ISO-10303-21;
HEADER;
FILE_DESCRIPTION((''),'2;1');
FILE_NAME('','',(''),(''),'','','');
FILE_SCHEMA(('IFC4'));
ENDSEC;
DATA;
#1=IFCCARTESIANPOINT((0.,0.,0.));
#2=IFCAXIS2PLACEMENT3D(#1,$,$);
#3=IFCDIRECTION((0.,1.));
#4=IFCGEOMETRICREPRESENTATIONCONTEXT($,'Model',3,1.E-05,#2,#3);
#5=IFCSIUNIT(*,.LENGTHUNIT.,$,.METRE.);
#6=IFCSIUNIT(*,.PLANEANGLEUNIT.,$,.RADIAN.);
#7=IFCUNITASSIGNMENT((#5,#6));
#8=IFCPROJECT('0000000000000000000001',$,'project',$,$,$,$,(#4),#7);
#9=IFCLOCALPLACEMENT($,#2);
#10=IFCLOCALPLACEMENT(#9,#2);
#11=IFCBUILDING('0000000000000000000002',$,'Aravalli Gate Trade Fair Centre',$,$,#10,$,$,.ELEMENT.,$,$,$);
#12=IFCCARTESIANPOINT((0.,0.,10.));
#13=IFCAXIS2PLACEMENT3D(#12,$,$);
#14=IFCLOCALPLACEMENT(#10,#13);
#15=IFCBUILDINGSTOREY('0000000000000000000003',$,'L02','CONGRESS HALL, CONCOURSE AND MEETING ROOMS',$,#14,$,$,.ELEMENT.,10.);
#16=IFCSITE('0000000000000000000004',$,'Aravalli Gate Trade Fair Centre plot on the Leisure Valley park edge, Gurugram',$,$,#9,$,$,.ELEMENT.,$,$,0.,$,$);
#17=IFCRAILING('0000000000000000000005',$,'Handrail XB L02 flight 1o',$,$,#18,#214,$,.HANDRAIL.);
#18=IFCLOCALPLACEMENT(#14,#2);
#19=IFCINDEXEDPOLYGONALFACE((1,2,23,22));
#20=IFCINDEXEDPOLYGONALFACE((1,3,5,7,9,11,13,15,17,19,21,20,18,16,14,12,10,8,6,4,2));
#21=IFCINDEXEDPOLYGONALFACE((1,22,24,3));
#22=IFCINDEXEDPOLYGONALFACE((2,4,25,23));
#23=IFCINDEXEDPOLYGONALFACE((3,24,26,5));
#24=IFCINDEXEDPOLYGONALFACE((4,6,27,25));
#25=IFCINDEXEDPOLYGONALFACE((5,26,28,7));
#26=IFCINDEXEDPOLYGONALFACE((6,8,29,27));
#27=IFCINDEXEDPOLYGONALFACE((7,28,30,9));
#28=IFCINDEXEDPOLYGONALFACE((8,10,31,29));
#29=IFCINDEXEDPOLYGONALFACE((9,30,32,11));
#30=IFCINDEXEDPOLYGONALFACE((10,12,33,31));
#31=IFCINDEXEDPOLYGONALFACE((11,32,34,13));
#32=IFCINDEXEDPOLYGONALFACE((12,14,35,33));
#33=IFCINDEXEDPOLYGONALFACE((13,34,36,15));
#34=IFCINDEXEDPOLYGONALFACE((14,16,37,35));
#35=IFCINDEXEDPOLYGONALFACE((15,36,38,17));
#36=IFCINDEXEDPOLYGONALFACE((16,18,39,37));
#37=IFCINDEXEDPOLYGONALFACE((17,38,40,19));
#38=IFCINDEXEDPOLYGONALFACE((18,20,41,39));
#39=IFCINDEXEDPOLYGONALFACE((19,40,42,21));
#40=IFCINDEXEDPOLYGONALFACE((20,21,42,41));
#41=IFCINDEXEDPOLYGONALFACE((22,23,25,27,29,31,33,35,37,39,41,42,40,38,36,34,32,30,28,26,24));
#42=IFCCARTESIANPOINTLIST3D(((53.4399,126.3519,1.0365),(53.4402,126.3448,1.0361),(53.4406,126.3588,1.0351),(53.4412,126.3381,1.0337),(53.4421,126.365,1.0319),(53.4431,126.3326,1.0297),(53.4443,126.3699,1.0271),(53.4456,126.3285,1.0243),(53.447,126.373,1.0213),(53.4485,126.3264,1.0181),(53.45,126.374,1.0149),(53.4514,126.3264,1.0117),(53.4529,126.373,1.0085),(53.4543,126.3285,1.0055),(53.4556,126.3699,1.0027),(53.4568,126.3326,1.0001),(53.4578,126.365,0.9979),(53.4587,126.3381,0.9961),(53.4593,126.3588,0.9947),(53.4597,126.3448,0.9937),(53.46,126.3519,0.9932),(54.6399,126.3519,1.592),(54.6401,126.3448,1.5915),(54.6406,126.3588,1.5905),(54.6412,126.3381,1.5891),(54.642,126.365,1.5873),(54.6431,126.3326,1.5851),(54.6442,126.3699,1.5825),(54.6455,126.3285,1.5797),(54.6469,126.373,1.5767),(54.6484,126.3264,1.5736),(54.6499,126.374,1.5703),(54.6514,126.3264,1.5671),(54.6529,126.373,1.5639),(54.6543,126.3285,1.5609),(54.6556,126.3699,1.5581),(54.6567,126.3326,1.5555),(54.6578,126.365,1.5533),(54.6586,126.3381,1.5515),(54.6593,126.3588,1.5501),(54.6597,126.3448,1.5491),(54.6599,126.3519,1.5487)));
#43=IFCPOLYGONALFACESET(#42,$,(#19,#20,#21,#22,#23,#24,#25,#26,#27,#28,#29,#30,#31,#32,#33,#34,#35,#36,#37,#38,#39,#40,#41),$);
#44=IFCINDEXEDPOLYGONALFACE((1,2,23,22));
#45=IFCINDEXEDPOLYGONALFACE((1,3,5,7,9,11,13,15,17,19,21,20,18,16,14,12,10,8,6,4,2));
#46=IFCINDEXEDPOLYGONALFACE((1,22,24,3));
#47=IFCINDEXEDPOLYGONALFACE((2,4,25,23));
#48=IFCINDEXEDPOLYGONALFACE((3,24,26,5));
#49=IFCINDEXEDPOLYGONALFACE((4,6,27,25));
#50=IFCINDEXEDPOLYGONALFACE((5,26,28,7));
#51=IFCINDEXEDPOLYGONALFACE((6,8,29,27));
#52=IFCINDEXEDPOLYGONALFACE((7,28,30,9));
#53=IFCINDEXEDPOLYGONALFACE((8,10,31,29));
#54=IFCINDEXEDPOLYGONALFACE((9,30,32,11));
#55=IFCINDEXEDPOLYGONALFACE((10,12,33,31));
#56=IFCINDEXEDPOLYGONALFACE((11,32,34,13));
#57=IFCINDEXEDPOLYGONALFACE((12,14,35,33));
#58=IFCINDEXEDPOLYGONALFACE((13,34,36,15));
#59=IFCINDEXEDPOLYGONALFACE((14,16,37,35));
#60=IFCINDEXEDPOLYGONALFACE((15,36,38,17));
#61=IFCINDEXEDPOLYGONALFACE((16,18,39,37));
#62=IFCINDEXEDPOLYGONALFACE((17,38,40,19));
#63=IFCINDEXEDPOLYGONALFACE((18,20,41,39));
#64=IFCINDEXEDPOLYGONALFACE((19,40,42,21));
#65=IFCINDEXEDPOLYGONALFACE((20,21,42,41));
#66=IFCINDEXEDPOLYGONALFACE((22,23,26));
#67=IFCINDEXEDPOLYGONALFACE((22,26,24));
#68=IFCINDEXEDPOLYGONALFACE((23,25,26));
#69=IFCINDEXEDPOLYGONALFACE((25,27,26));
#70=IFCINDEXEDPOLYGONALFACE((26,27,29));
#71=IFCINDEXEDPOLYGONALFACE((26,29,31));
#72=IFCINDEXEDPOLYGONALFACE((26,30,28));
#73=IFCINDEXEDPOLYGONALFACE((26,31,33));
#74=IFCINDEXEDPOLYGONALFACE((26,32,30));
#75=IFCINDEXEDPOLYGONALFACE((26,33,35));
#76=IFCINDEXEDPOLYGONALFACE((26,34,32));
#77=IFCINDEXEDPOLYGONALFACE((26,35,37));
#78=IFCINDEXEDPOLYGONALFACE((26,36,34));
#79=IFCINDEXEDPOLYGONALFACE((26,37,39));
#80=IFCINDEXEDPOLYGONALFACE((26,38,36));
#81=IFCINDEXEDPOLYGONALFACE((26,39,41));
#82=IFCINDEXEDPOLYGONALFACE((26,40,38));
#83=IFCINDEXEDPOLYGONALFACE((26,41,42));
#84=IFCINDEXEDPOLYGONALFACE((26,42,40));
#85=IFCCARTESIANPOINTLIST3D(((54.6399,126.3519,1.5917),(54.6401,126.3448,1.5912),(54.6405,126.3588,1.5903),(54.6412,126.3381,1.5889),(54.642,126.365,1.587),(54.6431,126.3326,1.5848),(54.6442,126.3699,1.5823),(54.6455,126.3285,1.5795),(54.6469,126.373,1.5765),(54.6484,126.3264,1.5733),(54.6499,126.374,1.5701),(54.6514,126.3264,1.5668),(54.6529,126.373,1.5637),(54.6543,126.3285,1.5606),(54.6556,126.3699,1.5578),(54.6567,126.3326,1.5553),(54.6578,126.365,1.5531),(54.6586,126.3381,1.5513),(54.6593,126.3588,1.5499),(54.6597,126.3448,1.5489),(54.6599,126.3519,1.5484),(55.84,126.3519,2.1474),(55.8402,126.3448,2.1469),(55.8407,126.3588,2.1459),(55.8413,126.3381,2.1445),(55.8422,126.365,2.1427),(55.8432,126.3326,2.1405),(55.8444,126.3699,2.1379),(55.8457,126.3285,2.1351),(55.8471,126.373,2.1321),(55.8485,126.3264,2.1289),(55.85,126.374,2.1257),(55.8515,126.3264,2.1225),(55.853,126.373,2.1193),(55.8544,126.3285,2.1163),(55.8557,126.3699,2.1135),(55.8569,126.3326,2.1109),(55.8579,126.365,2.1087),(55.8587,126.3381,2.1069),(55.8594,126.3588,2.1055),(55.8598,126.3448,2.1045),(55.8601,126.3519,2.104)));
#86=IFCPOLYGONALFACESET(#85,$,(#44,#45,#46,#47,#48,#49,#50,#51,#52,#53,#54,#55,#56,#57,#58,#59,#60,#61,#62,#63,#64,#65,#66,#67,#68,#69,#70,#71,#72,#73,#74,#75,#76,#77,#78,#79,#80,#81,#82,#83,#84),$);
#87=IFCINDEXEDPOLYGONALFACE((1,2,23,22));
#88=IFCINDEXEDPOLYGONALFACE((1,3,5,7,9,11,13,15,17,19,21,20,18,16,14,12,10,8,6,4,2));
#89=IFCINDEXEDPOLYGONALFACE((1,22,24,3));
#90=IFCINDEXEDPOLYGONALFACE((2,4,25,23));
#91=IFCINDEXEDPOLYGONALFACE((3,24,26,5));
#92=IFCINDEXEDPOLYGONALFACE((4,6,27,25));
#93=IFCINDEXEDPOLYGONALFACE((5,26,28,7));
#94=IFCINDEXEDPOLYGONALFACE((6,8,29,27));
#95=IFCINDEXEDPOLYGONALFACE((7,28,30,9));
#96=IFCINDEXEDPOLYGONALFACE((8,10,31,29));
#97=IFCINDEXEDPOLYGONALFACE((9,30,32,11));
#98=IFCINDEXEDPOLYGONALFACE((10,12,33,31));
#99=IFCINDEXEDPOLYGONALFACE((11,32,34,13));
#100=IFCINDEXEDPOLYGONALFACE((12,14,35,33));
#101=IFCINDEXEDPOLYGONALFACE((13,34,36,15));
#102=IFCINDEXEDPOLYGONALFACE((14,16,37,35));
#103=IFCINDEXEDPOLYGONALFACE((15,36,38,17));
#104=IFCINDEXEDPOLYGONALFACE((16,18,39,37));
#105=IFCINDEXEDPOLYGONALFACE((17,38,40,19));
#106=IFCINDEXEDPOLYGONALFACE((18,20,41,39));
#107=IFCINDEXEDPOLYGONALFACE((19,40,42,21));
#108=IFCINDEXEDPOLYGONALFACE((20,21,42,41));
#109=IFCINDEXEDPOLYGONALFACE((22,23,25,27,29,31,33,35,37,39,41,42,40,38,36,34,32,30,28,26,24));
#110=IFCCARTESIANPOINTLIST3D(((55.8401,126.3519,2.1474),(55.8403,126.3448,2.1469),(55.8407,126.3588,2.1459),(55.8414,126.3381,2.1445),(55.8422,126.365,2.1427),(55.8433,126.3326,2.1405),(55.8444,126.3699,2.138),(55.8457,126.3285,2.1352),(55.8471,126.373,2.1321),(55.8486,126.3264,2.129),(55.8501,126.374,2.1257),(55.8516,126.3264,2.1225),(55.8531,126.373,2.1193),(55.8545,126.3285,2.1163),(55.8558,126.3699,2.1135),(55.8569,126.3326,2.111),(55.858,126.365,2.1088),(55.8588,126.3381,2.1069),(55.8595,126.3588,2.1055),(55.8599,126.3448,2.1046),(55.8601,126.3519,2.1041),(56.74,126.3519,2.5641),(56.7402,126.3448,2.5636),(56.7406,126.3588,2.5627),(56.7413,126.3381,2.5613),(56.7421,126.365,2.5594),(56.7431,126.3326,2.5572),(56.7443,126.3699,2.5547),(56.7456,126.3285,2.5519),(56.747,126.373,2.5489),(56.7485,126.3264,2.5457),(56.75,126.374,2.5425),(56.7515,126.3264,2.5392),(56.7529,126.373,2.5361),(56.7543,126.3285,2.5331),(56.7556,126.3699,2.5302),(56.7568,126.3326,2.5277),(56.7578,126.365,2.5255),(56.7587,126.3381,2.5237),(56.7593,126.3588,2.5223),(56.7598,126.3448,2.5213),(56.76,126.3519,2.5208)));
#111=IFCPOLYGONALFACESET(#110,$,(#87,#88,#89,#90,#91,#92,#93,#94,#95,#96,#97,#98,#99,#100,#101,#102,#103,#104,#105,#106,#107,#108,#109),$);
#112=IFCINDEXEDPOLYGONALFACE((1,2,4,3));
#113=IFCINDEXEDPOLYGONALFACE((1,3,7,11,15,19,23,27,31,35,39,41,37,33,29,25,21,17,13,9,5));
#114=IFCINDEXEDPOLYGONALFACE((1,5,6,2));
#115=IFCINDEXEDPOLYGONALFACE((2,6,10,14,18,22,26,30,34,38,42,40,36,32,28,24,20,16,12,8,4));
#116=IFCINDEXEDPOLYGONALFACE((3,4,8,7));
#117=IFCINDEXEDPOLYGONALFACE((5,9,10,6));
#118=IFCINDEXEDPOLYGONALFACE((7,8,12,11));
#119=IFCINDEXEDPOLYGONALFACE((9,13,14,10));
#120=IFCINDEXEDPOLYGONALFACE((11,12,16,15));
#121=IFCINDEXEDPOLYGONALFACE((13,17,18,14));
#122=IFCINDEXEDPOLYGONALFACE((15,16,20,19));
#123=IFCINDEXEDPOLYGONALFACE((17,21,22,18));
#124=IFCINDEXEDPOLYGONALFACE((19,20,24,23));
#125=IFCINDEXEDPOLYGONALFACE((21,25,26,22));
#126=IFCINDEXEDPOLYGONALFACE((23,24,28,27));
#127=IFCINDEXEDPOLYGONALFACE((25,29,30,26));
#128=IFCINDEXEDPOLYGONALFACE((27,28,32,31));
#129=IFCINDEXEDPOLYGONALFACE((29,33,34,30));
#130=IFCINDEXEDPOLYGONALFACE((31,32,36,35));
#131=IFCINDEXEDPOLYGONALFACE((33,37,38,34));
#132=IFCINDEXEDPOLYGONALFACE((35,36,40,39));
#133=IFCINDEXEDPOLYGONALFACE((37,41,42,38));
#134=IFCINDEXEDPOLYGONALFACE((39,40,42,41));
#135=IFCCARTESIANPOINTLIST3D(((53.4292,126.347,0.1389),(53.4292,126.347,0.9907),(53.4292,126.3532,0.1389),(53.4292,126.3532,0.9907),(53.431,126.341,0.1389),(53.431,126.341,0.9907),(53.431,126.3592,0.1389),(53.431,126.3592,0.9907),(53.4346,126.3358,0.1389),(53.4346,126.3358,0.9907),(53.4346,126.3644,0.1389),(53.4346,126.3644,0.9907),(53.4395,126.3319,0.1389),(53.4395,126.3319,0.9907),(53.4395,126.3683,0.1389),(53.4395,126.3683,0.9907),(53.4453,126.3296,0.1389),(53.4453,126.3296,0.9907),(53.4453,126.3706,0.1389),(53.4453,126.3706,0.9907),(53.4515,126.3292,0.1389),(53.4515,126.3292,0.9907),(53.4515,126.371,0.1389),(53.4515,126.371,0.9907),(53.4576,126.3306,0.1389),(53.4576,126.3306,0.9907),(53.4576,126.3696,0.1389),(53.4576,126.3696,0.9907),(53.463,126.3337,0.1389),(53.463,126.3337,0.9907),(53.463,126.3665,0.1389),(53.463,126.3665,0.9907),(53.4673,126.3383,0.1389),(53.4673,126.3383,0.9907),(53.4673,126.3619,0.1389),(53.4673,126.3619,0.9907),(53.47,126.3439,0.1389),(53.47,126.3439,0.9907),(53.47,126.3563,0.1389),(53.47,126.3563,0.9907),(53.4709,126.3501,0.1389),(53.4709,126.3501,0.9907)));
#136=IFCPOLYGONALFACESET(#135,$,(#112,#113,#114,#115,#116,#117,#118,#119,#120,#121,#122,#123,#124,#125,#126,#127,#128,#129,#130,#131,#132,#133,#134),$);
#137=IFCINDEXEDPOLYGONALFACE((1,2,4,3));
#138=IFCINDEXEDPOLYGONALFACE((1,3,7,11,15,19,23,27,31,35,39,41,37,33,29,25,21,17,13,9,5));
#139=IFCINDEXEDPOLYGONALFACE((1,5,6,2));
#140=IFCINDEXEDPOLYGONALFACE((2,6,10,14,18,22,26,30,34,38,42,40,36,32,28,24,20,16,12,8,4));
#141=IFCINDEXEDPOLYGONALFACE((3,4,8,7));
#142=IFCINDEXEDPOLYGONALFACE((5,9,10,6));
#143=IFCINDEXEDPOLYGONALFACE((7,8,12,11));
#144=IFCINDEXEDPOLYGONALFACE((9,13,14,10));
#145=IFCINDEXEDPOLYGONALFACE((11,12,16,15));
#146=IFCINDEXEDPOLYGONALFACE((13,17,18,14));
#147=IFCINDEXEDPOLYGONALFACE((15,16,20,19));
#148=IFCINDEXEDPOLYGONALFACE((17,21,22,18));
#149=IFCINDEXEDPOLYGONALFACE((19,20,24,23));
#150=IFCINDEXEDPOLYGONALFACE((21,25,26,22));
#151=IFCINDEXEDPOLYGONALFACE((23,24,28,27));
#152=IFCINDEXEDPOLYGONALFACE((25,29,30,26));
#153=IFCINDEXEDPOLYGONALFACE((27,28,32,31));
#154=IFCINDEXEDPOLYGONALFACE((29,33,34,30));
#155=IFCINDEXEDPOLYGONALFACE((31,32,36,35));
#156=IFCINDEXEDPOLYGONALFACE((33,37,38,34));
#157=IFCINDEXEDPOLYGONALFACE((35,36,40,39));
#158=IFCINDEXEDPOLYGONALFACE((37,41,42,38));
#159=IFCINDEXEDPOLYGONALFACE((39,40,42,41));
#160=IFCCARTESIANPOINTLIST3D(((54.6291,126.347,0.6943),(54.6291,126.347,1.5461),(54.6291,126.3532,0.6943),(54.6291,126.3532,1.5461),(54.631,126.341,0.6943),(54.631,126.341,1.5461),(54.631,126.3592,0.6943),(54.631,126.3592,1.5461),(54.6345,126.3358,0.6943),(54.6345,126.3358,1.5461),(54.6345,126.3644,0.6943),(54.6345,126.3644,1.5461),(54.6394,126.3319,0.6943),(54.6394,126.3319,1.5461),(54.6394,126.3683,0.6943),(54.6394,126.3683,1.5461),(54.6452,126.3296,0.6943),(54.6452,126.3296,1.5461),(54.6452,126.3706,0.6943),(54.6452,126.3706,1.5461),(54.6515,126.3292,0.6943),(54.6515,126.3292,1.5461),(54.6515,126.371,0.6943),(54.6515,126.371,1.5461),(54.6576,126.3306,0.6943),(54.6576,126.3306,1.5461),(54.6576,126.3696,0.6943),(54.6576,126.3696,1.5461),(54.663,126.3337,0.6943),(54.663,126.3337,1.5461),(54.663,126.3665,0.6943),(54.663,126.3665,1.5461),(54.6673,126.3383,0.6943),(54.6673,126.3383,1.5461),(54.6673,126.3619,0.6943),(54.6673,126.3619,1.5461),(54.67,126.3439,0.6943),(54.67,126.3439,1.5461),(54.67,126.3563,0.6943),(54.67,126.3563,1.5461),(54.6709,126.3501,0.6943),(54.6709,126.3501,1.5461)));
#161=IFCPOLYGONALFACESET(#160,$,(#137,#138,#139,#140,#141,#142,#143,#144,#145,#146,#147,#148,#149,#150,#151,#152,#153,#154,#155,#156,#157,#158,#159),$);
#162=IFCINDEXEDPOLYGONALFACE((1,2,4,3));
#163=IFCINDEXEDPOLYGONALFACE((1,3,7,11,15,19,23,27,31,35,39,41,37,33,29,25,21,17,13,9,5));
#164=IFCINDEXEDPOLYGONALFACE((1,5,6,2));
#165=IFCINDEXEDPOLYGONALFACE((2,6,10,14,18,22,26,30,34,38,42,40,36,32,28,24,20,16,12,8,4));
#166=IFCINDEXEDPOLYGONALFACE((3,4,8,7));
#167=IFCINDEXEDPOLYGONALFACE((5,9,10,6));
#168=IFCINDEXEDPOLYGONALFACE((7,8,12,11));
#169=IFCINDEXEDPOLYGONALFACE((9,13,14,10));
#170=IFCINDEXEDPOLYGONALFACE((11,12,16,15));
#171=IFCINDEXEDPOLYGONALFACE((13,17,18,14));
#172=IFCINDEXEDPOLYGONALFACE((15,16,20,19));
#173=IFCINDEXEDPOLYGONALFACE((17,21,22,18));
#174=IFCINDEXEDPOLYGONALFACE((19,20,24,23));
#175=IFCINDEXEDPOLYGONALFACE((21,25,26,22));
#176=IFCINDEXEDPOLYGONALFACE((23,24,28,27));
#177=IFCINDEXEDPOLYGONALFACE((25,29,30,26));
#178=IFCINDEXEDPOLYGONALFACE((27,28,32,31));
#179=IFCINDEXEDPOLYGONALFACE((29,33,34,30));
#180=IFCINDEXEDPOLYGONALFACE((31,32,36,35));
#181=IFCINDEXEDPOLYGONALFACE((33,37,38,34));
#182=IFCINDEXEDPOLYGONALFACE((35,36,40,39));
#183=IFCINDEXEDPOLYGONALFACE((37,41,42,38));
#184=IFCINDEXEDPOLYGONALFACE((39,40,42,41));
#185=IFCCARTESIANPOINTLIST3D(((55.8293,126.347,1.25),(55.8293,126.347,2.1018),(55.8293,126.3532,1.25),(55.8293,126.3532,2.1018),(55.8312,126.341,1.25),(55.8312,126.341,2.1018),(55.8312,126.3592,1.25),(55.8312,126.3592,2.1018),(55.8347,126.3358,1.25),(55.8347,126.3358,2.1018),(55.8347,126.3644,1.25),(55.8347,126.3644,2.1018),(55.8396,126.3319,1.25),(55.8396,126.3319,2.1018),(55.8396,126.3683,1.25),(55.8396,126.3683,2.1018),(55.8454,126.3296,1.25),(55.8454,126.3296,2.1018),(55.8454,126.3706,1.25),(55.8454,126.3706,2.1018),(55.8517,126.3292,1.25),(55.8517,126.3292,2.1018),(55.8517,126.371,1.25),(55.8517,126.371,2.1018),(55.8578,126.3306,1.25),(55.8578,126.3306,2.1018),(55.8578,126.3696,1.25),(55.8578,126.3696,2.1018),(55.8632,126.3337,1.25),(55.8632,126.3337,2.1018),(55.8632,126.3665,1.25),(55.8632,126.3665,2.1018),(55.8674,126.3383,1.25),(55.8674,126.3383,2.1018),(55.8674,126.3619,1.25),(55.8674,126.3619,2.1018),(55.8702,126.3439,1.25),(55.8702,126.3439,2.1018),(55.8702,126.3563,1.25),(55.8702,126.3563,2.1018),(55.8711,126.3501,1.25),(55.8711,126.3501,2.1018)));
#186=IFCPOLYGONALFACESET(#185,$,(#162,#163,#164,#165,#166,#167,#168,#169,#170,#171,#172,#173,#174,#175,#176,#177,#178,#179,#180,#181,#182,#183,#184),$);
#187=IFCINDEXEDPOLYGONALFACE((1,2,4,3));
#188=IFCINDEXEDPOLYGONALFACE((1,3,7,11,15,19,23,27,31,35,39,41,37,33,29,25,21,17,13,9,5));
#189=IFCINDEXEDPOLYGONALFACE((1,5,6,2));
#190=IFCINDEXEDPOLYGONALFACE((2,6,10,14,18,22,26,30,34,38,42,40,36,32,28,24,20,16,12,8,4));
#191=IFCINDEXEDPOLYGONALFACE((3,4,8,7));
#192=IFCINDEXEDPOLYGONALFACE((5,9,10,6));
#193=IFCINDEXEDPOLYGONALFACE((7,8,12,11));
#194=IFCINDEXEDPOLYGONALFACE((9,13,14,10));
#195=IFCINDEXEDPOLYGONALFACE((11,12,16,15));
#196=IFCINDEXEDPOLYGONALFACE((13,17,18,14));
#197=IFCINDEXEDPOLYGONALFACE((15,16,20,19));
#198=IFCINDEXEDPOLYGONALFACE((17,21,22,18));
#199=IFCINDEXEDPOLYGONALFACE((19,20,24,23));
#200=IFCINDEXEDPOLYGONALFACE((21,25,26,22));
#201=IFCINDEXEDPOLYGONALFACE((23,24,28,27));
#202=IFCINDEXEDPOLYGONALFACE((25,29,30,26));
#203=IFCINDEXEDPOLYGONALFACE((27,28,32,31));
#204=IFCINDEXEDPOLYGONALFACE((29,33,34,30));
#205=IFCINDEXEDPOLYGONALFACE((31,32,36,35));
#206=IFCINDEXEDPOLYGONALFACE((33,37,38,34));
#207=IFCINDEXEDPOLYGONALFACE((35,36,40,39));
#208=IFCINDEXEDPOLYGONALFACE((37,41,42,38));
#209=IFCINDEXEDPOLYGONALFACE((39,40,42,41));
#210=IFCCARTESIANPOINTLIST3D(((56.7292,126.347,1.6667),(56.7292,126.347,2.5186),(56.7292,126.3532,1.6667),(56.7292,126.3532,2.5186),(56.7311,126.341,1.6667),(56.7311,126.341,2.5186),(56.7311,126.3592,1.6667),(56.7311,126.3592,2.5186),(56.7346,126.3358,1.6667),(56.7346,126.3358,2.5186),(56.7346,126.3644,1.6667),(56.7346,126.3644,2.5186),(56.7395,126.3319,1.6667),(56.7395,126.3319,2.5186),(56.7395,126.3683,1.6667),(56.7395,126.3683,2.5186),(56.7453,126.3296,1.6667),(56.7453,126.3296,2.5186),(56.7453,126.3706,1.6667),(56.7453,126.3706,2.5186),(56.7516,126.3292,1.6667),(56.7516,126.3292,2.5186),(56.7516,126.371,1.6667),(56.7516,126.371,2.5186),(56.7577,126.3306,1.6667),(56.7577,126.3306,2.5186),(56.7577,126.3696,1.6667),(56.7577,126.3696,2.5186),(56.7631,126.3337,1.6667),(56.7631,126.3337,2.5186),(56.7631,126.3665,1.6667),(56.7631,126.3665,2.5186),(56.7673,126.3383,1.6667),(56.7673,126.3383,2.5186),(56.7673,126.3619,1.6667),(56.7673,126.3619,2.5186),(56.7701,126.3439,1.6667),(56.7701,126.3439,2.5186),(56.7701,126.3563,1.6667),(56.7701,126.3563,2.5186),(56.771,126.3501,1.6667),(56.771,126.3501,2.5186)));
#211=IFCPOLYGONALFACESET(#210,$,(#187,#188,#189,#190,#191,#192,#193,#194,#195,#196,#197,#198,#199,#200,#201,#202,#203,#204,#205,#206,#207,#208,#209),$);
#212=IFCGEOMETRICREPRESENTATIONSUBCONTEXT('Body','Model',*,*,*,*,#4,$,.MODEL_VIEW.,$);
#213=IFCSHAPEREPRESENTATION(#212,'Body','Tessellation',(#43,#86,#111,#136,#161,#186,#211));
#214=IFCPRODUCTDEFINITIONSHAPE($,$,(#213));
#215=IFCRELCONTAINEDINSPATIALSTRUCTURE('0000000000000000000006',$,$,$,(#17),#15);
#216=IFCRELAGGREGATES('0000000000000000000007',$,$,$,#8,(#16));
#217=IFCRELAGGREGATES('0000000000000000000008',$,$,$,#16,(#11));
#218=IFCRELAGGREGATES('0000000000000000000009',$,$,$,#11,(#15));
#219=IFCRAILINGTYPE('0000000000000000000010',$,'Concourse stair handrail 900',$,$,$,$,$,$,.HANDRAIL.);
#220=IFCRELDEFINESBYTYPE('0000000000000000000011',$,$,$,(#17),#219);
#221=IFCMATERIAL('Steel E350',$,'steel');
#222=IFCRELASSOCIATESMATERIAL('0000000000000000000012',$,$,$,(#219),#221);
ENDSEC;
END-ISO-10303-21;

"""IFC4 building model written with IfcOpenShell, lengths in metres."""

from ifc_helpers import new_model, si_unit, direction, frame, origin, origin_2d, place, context, subcontext, project, spatial, circle, extrude, material, type_object, element, save


model = new_model("IFC4")

# Units and contexts
model_context = context("Model", 3, precision=1e-05, world=origin(), true_north=direction((0.0, 1.0)))
body_context = subcontext(model_context, "Body", "Model", "MODEL_VIEW")
ifc_project = project(units=[si_unit("LENGTHUNIT", "METRE"), si_unit("PLANEANGLEUNIT", "RADIAN")], contexts=[model_context])

# Site, building, storey
site_placement = place(None, origin())
site = spatial("IfcSite", under=ifc_project, at=site_placement, Name="Aravalli Gate Trade Fair Centre plot on the Leisure Valley park edge, Gurugram", CompositionType="ELEMENT", RefElevation=0.0)
building_placement = place(site_placement, origin())
building = spatial("IfcBuilding", under=site, at=building_placement, Name="Aravalli Gate Trade Fair Centre", CompositionType="ELEMENT")
storey_placement = place(building_placement, frame((0.0, 0.0, 10.0)))
storey = spatial("IfcBuildingStorey", under=building, at=storey_placement, Name="L02", Description="CONGRESS HALL, CONCOURSE AND MEETING ROOMS", CompositionType="ELEMENT", Elevation=10.0)

# Shared definitions
ifc_material_1 = material(Name="Steel E350", Category="steel")

# Railing
railing_type = type_object("IfcRailingType", Name="Concourse stair handrail 900", PredefinedType="HANDRAIL", material=ifc_material_1)
railing_1_placement = place(storey_placement, frame((53.45, 126.3501, 0.1389)))
element("IfcRailing", 1, at=railing_1_placement, inside=storey, type_object=railing_type, Name="Handrail XB L02 flight 1o", PredefinedType="HANDRAIL", context=body_context, shape_type="SweptSolid", body=[
    extrude(circle(Radius=0.0239, at=origin_2d()), frame((0.0, 0.0, 0.876), z_axis=(0.907499, 0.0, 0.420053), x_axis=(0.0, 1.0, 0.0)), (0.0, 0.0, 1.0), 1.3223),
    extrude(circle(Radius=0.0239, at=origin_2d()), frame((1.2, 0.0, 1.4312), z_axis=(0.907462, 0.0, 0.420135), x_axis=(0.0, 1.0, 0.0)), (0.0, 0.0, 1.0), 1.3225),
    extrude(circle(Radius=0.0239, at=origin_2d()), frame((2.4001, 0.0, 1.9868), z_axis=(0.907418, 0.0, 0.420229), x_axis=(0.0, 1.0, 0.0)), (0.0, 0.0, 1.0), 0.9917),
    extrude(circle(Radius=0.021, at=origin_2d()), origin(), (0.0, 0.0, 1.0), 0.8518),
    extrude(circle(Radius=0.021, at=origin_2d()), frame((1.2, 0.0, 0.5554)), (0.0, 0.0, 1.0), 0.8518),
    extrude(circle(Radius=0.021, at=origin_2d()), frame((2.4001, 0.0, 1.1111)), (0.0, 0.0, 1.0), 0.8518),
    extrude(circle(Radius=0.021, at=origin_2d()), frame((3.3, 0.0, 1.5278)), (0.0, 0.0, 1.0), 0.8518),
])

save(model, "model.ifc")
